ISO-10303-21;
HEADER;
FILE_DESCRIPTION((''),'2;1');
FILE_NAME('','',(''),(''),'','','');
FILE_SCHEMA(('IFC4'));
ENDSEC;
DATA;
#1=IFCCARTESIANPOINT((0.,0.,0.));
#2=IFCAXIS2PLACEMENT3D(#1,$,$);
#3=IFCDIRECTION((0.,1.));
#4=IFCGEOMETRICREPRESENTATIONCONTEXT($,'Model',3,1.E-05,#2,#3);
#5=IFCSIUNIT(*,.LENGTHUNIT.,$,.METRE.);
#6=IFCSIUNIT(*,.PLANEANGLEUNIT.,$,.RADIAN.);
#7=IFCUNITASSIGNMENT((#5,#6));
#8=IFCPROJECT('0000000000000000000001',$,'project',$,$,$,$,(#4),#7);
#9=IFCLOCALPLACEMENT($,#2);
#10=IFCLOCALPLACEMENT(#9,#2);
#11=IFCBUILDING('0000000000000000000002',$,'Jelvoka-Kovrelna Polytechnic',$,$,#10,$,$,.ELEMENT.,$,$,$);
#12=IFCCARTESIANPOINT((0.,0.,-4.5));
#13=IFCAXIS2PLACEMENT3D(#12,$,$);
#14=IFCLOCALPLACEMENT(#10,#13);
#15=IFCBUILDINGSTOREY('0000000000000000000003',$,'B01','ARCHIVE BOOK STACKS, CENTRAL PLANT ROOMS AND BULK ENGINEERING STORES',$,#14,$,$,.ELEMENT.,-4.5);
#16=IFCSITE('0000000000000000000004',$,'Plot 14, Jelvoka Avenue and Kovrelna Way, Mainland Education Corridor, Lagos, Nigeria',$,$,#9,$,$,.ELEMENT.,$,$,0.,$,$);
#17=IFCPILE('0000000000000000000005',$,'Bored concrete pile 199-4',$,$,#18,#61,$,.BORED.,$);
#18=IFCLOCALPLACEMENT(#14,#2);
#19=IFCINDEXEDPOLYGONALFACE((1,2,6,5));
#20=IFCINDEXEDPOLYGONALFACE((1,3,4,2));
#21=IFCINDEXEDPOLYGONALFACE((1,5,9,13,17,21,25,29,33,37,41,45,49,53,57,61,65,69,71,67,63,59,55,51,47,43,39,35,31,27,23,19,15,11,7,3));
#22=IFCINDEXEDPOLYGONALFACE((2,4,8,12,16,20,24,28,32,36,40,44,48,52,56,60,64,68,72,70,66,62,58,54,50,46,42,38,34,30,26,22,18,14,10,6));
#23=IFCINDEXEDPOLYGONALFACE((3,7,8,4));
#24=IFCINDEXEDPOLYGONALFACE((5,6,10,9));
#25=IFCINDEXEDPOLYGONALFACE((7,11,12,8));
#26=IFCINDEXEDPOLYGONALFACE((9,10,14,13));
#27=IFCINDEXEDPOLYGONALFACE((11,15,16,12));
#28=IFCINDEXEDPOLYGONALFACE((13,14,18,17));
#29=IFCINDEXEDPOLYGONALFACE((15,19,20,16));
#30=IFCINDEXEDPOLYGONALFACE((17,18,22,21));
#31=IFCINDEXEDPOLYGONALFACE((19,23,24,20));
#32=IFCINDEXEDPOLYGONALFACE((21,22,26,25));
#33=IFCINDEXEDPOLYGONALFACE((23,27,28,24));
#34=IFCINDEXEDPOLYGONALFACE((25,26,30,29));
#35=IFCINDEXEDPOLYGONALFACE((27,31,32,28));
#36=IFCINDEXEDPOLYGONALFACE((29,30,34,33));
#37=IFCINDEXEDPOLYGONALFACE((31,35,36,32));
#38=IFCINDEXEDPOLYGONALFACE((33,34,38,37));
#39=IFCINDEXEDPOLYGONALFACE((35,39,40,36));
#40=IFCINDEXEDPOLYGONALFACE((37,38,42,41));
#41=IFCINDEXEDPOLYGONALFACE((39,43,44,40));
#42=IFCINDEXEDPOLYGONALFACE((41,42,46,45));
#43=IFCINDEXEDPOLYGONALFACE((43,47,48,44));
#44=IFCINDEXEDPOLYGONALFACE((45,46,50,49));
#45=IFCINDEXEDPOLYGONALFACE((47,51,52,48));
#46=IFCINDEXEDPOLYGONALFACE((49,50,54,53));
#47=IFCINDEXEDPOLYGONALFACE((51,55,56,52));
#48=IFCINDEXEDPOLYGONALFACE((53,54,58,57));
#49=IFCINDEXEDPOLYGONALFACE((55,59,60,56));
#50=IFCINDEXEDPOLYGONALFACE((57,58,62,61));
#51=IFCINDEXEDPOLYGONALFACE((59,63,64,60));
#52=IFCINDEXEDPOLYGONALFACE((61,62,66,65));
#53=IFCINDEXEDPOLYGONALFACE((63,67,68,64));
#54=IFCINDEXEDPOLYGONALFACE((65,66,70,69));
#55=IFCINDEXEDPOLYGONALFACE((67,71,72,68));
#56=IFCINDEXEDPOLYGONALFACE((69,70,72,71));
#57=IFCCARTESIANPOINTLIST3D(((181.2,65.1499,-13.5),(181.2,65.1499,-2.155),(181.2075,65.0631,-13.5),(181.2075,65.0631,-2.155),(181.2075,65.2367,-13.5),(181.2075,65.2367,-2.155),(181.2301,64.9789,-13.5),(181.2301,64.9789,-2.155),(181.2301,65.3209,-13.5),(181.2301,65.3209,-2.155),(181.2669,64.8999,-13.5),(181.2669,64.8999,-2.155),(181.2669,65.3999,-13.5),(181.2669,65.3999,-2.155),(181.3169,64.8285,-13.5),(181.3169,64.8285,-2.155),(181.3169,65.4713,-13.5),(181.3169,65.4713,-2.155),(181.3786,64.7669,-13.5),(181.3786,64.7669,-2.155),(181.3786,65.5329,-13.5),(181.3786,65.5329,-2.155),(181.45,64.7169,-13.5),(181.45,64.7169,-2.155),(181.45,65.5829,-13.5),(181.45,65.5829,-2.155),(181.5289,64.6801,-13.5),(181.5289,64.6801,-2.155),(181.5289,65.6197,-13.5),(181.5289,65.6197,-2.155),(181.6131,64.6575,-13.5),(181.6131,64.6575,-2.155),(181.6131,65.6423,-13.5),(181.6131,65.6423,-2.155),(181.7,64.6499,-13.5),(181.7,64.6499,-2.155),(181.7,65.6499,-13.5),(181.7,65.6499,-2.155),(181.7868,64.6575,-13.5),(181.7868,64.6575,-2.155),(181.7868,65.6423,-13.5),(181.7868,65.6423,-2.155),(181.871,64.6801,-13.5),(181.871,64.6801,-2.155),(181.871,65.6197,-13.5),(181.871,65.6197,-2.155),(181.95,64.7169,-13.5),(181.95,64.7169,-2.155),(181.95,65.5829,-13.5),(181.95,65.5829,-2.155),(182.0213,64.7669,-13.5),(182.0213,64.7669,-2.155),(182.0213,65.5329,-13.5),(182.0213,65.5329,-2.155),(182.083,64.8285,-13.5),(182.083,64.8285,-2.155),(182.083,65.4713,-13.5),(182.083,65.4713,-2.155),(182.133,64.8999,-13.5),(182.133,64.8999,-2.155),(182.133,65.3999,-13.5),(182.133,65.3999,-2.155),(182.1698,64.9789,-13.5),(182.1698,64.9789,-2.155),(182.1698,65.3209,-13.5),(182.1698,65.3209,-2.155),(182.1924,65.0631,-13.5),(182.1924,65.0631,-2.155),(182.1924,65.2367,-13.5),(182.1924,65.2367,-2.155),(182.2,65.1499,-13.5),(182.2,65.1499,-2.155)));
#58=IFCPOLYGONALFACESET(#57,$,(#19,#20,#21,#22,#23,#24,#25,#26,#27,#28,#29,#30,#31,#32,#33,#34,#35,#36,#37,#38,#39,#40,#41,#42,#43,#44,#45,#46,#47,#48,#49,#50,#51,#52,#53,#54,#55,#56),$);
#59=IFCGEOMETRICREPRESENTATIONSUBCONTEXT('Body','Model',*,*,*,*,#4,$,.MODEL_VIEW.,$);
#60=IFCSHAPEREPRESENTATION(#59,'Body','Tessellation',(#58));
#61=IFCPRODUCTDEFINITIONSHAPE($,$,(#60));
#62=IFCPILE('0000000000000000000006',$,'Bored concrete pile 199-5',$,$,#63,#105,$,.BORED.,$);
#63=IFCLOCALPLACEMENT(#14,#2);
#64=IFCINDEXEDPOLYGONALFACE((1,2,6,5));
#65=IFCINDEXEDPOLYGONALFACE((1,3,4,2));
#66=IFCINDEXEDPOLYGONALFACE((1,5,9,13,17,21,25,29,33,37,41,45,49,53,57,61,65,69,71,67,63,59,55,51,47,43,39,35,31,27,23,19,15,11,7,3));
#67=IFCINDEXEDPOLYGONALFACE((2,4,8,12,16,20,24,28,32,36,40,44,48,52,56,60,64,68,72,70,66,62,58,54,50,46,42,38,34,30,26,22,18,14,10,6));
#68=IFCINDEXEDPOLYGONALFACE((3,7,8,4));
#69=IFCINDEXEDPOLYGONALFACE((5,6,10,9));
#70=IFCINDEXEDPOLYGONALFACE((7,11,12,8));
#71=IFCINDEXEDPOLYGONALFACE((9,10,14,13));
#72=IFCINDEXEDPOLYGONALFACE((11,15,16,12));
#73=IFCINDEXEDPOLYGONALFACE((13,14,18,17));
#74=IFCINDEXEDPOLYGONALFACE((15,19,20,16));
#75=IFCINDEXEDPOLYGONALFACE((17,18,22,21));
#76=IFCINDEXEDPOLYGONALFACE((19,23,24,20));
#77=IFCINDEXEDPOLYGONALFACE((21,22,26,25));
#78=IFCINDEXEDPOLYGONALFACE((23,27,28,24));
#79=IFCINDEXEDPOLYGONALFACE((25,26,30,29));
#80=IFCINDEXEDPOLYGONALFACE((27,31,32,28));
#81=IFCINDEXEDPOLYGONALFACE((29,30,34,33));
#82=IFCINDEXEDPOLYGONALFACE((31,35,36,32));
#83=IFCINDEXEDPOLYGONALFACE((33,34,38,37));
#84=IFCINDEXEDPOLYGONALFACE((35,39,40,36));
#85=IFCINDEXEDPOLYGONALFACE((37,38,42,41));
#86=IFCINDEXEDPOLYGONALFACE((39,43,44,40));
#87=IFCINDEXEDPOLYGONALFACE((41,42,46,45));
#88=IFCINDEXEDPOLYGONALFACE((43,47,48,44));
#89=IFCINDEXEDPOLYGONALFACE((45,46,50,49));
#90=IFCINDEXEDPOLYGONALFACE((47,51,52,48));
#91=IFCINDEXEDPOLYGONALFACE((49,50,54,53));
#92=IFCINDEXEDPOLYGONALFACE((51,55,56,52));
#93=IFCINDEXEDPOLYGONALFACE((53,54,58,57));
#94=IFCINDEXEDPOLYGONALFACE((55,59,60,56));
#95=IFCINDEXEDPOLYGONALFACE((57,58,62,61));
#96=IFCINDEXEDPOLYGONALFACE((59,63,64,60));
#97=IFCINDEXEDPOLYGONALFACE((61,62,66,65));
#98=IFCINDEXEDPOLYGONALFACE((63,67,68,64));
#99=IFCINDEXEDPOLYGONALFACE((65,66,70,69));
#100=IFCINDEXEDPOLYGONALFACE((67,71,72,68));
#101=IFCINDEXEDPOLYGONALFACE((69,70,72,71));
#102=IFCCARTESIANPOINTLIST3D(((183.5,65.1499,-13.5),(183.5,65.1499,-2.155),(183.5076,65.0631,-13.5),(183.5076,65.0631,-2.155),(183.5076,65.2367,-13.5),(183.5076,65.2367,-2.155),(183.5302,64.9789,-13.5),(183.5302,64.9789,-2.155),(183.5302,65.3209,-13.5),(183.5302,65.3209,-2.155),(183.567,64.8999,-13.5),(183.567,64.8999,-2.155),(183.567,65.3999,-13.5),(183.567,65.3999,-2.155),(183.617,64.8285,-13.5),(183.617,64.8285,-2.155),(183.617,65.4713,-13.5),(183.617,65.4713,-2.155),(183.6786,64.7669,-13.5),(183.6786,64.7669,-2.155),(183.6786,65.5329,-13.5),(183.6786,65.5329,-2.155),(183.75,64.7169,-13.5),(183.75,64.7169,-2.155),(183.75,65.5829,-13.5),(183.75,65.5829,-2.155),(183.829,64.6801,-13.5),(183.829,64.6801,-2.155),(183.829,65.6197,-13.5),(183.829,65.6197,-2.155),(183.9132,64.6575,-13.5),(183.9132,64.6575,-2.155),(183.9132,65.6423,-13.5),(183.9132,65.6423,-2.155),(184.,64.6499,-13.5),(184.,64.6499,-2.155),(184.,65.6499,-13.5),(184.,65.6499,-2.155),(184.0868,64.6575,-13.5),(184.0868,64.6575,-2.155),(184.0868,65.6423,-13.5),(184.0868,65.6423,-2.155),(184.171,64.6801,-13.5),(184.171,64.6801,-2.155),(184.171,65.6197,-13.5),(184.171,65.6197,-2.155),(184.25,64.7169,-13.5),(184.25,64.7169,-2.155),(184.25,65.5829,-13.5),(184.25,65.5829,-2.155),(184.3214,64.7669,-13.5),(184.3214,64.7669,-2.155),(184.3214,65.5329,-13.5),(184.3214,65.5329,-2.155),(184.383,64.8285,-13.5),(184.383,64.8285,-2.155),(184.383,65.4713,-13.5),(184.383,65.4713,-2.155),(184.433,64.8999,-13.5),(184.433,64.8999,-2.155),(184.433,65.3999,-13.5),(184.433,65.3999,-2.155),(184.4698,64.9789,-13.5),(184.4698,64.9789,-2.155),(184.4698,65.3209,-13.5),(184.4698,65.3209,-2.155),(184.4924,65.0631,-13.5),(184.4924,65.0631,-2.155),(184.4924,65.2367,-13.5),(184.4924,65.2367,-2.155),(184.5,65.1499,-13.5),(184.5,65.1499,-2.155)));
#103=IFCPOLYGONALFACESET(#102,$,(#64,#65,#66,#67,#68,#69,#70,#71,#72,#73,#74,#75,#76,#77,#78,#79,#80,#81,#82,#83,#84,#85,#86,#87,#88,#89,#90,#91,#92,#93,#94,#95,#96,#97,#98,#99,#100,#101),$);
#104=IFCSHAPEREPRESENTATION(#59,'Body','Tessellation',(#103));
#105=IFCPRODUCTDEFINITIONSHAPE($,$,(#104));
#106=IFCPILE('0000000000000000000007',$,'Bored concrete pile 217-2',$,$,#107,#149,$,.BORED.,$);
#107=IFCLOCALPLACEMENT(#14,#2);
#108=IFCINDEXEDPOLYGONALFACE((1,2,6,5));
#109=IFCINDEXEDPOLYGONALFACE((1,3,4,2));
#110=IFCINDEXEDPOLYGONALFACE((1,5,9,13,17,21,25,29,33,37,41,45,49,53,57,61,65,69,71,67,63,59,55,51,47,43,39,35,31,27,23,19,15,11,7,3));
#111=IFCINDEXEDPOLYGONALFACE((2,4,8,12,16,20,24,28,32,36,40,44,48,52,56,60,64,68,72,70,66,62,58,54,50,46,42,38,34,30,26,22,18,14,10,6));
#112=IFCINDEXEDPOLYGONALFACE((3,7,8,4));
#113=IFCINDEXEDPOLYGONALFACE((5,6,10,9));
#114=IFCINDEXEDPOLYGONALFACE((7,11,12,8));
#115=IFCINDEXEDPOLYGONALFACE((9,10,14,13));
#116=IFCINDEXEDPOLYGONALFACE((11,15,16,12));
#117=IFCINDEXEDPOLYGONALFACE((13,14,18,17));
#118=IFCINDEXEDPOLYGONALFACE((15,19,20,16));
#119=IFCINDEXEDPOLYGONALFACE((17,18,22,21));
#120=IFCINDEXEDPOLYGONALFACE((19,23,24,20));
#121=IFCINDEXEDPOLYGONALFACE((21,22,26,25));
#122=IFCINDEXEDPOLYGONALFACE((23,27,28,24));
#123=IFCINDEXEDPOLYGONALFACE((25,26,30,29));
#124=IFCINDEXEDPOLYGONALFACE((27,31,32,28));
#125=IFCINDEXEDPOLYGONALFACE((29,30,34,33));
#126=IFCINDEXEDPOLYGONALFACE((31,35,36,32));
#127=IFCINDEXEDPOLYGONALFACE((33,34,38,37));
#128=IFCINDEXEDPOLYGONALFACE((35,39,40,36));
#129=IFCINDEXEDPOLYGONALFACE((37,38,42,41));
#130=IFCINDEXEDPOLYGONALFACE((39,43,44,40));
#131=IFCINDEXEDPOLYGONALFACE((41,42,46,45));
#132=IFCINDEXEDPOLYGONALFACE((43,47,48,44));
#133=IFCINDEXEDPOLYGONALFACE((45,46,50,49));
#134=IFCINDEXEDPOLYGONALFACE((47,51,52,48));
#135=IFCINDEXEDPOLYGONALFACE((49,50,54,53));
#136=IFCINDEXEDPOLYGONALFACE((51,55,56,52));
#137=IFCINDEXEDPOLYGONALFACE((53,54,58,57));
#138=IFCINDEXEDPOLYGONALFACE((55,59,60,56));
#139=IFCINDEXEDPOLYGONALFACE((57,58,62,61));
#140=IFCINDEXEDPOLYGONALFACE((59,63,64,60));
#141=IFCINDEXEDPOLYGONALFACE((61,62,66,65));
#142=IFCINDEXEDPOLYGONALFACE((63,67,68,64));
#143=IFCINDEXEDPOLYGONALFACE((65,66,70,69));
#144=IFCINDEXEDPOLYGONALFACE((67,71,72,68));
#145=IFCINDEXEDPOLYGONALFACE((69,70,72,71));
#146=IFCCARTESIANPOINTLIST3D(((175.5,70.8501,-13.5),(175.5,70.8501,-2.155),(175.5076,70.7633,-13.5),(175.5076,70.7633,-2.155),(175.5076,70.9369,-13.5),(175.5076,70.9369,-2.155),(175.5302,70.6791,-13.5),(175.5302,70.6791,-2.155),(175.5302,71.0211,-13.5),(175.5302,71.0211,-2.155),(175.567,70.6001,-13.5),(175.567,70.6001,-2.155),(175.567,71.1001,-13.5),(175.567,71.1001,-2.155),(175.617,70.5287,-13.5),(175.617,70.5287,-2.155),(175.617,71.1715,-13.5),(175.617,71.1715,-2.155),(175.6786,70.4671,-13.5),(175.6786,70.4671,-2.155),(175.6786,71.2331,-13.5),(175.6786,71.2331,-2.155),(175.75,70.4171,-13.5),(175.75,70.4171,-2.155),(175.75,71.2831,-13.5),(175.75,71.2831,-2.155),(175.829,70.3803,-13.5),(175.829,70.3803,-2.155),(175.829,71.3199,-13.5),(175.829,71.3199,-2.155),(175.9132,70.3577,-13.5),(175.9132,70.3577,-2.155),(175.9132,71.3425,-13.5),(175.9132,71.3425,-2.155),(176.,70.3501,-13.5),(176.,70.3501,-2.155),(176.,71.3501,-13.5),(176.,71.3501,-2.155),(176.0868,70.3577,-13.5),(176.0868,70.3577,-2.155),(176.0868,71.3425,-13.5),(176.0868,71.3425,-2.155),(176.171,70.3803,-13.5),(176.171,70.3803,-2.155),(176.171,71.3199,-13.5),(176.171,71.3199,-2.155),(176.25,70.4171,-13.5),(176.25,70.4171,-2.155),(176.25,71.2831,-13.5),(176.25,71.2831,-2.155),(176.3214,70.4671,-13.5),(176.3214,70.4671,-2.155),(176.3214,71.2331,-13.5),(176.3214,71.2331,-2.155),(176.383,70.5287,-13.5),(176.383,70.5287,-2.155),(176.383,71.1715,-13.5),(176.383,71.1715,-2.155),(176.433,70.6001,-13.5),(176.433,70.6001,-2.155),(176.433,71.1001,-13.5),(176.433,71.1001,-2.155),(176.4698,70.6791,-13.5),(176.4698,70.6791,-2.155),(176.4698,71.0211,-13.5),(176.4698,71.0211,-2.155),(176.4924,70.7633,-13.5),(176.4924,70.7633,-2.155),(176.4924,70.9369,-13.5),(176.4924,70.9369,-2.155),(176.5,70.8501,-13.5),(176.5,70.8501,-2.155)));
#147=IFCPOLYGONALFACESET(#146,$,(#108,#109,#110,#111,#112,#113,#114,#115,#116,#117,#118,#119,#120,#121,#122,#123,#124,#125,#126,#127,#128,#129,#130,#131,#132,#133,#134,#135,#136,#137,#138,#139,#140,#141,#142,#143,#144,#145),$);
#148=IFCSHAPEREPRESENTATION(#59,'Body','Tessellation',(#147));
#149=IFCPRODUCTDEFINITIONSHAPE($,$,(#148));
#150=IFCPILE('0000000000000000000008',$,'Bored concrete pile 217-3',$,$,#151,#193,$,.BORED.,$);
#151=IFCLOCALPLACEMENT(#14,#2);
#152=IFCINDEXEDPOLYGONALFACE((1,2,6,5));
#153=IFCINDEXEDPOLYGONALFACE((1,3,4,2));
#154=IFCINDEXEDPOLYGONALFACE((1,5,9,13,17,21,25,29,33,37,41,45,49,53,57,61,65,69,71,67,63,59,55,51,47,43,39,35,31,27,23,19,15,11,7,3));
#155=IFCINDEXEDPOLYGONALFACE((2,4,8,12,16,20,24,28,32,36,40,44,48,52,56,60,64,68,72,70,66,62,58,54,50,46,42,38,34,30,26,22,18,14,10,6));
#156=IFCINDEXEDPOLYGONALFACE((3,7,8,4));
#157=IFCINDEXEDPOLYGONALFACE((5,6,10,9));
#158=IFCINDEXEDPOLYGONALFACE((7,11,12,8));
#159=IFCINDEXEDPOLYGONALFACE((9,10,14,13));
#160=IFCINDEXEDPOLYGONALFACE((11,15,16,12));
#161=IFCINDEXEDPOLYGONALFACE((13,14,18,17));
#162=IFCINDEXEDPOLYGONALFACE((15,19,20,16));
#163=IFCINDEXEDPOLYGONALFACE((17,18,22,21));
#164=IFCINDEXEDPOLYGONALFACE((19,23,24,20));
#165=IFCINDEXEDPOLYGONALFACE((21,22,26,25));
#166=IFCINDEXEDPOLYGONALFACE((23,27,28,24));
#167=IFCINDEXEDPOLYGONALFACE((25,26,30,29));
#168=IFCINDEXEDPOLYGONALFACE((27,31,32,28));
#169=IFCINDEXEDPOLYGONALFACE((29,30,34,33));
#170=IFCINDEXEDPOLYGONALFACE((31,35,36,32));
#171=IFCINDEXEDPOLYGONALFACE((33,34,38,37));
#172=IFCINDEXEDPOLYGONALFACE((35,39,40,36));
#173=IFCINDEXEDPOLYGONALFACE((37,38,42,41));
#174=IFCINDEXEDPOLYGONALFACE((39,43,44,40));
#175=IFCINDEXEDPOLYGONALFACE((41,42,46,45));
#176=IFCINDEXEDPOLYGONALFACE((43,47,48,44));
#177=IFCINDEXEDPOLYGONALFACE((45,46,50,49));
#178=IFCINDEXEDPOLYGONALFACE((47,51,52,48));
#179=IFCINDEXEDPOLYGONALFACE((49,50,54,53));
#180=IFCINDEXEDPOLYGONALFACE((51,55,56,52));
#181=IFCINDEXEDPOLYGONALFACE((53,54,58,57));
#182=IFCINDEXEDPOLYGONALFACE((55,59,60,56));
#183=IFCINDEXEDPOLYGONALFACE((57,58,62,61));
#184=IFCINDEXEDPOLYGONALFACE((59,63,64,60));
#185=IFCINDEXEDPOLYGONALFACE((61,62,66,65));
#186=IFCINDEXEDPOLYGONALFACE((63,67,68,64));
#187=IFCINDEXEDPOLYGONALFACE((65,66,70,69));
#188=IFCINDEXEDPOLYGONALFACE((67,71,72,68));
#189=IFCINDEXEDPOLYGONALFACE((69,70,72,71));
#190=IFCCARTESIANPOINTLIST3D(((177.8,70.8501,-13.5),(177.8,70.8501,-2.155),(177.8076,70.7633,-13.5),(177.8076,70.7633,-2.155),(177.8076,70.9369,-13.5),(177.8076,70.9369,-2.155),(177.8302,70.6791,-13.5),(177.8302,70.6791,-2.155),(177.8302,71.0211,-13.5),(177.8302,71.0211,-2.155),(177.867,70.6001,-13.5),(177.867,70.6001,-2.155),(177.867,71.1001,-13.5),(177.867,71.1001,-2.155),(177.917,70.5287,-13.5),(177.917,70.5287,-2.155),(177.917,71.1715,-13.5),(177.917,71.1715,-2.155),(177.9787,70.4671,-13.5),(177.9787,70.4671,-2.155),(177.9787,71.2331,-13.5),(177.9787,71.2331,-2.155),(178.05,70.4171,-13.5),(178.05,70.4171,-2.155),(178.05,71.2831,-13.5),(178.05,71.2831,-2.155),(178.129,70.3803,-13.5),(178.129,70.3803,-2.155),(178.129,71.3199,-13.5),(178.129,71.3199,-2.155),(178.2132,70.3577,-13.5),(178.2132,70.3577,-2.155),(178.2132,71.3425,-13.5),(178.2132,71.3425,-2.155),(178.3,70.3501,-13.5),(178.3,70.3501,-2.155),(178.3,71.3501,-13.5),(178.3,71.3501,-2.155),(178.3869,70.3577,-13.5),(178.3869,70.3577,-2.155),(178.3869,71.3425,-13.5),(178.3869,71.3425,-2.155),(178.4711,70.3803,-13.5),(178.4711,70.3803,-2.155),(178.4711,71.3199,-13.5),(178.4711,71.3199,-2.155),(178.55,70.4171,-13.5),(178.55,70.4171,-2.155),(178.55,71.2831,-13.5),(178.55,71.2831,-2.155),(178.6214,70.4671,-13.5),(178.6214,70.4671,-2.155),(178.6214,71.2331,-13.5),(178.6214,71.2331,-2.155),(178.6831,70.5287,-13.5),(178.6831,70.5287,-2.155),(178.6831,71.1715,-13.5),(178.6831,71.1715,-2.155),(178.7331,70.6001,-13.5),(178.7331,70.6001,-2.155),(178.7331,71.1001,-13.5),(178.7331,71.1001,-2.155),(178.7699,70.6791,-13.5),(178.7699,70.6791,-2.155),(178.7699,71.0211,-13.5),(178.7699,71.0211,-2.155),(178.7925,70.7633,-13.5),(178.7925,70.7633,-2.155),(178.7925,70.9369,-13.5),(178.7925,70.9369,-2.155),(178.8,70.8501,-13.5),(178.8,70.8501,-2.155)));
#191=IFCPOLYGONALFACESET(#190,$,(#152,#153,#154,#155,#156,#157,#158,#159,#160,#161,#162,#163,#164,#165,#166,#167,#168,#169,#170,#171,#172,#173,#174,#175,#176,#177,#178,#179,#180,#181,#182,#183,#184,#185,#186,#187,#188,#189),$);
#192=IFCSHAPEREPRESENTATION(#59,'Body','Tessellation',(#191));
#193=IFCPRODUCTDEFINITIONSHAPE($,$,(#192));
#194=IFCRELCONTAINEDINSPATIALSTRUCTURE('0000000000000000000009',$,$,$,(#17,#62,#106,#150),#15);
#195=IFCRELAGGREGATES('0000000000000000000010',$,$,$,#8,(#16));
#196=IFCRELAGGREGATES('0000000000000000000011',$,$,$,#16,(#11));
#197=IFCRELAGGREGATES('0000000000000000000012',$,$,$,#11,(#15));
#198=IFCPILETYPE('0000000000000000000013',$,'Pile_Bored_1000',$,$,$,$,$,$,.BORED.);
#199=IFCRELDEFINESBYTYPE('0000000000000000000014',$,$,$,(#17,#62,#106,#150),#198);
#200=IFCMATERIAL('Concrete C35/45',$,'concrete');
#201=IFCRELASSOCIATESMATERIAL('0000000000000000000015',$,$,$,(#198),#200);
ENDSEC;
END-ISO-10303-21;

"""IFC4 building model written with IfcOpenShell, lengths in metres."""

from ifc_helpers import new_model, si_unit, direction, frame, origin, origin_2d, place, context, subcontext, project, spatial, circle, extrude, material, material_profile, profile_set, type_object, element, save


model = new_model("IFC4")

# Units and contexts
model_context = context("Model", 3, precision=1e-05, world=origin(), true_north=direction((0.0, 1.0)))
body_context = subcontext(model_context, "Body", "Model", "MODEL_VIEW")
ifc_project = project(units=[si_unit("LENGTHUNIT", "METRE"), si_unit("PLANEANGLEUNIT", "RADIAN")], contexts=[model_context])

# Site, building, storey
site_placement = place(None, origin())
site = spatial("IfcSite", under=ifc_project, at=site_placement, Name="Plot 14, Jelvoka Avenue and Kovrelna Way, Mainland Education Corridor, Lagos, Nigeria", CompositionType="ELEMENT", RefElevation=0.0)
building_placement = place(site_placement, origin())
building = spatial("IfcBuilding", under=site, at=building_placement, Name="Jelvoka-Kovrelna Polytechnic", CompositionType="ELEMENT")
storey_placement = place(building_placement, frame((0.0, 0.0, -4.5)))
storey = spatial("IfcBuildingStorey", under=building, at=storey_placement, Name="B01", Description="ARCHIVE BOOK STACKS, CENTRAL PLANT ROOMS AND BULK ENGINEERING STORES", CompositionType="ELEMENT", Elevation=-4.5)

# Piles
ifc_material_1 = material(Name="Concrete C35/45", Category="concrete")
ifc_material_profile_1 = material_profile(ifc_material_1, circle(Radius=0.5, at=origin_2d()), Name="PILE D1000")
ifc_profile_set_1 = profile_set([ifc_material_profile_1], Name="Concrete C35/45")
pile_type = type_object("IfcPileType", Name="Pile_Bored_1000", PredefinedType="BORED", material=ifc_profile_set_1)
for number, where, z_axis, x_axis, name in (
    (1, (181.7, 65.1499, -2.155), (0.0, 0.0, -1.0), (1.0, 0.0, 0.0), "Bored concrete pile 199-4"),
    (2, (184.0, 65.1499, -2.155), (0.0, 0.0, -1.0), (1.0, 0.0, 0.0), "Bored concrete pile 199-5"),
    (3, (176.0, 70.8501, -2.155), (0.0, 0.0, -1.0), (1.0, 0.0, 0.0), "Bored concrete pile 217-2"),
    (4, (178.3, 70.8501, -2.155), (0.0, 0.0, -1.0), (1.0, 0.0, 0.0), "Bored concrete pile 217-3"),
):
    element("IfcPile", number, at=place(storey_placement, frame(where, z_axis=z_axis, x_axis=x_axis)), inside=storey, type_object=pile_type, Name=name, PredefinedType="BORED", context=body_context, shape_type="SweptSolid", body=[
        extrude(circle(Radius=0.5, at=origin_2d()), origin(), (0.0, 0.0, 1.0), 11.345),
    ])

save(model, "model.ifc")
